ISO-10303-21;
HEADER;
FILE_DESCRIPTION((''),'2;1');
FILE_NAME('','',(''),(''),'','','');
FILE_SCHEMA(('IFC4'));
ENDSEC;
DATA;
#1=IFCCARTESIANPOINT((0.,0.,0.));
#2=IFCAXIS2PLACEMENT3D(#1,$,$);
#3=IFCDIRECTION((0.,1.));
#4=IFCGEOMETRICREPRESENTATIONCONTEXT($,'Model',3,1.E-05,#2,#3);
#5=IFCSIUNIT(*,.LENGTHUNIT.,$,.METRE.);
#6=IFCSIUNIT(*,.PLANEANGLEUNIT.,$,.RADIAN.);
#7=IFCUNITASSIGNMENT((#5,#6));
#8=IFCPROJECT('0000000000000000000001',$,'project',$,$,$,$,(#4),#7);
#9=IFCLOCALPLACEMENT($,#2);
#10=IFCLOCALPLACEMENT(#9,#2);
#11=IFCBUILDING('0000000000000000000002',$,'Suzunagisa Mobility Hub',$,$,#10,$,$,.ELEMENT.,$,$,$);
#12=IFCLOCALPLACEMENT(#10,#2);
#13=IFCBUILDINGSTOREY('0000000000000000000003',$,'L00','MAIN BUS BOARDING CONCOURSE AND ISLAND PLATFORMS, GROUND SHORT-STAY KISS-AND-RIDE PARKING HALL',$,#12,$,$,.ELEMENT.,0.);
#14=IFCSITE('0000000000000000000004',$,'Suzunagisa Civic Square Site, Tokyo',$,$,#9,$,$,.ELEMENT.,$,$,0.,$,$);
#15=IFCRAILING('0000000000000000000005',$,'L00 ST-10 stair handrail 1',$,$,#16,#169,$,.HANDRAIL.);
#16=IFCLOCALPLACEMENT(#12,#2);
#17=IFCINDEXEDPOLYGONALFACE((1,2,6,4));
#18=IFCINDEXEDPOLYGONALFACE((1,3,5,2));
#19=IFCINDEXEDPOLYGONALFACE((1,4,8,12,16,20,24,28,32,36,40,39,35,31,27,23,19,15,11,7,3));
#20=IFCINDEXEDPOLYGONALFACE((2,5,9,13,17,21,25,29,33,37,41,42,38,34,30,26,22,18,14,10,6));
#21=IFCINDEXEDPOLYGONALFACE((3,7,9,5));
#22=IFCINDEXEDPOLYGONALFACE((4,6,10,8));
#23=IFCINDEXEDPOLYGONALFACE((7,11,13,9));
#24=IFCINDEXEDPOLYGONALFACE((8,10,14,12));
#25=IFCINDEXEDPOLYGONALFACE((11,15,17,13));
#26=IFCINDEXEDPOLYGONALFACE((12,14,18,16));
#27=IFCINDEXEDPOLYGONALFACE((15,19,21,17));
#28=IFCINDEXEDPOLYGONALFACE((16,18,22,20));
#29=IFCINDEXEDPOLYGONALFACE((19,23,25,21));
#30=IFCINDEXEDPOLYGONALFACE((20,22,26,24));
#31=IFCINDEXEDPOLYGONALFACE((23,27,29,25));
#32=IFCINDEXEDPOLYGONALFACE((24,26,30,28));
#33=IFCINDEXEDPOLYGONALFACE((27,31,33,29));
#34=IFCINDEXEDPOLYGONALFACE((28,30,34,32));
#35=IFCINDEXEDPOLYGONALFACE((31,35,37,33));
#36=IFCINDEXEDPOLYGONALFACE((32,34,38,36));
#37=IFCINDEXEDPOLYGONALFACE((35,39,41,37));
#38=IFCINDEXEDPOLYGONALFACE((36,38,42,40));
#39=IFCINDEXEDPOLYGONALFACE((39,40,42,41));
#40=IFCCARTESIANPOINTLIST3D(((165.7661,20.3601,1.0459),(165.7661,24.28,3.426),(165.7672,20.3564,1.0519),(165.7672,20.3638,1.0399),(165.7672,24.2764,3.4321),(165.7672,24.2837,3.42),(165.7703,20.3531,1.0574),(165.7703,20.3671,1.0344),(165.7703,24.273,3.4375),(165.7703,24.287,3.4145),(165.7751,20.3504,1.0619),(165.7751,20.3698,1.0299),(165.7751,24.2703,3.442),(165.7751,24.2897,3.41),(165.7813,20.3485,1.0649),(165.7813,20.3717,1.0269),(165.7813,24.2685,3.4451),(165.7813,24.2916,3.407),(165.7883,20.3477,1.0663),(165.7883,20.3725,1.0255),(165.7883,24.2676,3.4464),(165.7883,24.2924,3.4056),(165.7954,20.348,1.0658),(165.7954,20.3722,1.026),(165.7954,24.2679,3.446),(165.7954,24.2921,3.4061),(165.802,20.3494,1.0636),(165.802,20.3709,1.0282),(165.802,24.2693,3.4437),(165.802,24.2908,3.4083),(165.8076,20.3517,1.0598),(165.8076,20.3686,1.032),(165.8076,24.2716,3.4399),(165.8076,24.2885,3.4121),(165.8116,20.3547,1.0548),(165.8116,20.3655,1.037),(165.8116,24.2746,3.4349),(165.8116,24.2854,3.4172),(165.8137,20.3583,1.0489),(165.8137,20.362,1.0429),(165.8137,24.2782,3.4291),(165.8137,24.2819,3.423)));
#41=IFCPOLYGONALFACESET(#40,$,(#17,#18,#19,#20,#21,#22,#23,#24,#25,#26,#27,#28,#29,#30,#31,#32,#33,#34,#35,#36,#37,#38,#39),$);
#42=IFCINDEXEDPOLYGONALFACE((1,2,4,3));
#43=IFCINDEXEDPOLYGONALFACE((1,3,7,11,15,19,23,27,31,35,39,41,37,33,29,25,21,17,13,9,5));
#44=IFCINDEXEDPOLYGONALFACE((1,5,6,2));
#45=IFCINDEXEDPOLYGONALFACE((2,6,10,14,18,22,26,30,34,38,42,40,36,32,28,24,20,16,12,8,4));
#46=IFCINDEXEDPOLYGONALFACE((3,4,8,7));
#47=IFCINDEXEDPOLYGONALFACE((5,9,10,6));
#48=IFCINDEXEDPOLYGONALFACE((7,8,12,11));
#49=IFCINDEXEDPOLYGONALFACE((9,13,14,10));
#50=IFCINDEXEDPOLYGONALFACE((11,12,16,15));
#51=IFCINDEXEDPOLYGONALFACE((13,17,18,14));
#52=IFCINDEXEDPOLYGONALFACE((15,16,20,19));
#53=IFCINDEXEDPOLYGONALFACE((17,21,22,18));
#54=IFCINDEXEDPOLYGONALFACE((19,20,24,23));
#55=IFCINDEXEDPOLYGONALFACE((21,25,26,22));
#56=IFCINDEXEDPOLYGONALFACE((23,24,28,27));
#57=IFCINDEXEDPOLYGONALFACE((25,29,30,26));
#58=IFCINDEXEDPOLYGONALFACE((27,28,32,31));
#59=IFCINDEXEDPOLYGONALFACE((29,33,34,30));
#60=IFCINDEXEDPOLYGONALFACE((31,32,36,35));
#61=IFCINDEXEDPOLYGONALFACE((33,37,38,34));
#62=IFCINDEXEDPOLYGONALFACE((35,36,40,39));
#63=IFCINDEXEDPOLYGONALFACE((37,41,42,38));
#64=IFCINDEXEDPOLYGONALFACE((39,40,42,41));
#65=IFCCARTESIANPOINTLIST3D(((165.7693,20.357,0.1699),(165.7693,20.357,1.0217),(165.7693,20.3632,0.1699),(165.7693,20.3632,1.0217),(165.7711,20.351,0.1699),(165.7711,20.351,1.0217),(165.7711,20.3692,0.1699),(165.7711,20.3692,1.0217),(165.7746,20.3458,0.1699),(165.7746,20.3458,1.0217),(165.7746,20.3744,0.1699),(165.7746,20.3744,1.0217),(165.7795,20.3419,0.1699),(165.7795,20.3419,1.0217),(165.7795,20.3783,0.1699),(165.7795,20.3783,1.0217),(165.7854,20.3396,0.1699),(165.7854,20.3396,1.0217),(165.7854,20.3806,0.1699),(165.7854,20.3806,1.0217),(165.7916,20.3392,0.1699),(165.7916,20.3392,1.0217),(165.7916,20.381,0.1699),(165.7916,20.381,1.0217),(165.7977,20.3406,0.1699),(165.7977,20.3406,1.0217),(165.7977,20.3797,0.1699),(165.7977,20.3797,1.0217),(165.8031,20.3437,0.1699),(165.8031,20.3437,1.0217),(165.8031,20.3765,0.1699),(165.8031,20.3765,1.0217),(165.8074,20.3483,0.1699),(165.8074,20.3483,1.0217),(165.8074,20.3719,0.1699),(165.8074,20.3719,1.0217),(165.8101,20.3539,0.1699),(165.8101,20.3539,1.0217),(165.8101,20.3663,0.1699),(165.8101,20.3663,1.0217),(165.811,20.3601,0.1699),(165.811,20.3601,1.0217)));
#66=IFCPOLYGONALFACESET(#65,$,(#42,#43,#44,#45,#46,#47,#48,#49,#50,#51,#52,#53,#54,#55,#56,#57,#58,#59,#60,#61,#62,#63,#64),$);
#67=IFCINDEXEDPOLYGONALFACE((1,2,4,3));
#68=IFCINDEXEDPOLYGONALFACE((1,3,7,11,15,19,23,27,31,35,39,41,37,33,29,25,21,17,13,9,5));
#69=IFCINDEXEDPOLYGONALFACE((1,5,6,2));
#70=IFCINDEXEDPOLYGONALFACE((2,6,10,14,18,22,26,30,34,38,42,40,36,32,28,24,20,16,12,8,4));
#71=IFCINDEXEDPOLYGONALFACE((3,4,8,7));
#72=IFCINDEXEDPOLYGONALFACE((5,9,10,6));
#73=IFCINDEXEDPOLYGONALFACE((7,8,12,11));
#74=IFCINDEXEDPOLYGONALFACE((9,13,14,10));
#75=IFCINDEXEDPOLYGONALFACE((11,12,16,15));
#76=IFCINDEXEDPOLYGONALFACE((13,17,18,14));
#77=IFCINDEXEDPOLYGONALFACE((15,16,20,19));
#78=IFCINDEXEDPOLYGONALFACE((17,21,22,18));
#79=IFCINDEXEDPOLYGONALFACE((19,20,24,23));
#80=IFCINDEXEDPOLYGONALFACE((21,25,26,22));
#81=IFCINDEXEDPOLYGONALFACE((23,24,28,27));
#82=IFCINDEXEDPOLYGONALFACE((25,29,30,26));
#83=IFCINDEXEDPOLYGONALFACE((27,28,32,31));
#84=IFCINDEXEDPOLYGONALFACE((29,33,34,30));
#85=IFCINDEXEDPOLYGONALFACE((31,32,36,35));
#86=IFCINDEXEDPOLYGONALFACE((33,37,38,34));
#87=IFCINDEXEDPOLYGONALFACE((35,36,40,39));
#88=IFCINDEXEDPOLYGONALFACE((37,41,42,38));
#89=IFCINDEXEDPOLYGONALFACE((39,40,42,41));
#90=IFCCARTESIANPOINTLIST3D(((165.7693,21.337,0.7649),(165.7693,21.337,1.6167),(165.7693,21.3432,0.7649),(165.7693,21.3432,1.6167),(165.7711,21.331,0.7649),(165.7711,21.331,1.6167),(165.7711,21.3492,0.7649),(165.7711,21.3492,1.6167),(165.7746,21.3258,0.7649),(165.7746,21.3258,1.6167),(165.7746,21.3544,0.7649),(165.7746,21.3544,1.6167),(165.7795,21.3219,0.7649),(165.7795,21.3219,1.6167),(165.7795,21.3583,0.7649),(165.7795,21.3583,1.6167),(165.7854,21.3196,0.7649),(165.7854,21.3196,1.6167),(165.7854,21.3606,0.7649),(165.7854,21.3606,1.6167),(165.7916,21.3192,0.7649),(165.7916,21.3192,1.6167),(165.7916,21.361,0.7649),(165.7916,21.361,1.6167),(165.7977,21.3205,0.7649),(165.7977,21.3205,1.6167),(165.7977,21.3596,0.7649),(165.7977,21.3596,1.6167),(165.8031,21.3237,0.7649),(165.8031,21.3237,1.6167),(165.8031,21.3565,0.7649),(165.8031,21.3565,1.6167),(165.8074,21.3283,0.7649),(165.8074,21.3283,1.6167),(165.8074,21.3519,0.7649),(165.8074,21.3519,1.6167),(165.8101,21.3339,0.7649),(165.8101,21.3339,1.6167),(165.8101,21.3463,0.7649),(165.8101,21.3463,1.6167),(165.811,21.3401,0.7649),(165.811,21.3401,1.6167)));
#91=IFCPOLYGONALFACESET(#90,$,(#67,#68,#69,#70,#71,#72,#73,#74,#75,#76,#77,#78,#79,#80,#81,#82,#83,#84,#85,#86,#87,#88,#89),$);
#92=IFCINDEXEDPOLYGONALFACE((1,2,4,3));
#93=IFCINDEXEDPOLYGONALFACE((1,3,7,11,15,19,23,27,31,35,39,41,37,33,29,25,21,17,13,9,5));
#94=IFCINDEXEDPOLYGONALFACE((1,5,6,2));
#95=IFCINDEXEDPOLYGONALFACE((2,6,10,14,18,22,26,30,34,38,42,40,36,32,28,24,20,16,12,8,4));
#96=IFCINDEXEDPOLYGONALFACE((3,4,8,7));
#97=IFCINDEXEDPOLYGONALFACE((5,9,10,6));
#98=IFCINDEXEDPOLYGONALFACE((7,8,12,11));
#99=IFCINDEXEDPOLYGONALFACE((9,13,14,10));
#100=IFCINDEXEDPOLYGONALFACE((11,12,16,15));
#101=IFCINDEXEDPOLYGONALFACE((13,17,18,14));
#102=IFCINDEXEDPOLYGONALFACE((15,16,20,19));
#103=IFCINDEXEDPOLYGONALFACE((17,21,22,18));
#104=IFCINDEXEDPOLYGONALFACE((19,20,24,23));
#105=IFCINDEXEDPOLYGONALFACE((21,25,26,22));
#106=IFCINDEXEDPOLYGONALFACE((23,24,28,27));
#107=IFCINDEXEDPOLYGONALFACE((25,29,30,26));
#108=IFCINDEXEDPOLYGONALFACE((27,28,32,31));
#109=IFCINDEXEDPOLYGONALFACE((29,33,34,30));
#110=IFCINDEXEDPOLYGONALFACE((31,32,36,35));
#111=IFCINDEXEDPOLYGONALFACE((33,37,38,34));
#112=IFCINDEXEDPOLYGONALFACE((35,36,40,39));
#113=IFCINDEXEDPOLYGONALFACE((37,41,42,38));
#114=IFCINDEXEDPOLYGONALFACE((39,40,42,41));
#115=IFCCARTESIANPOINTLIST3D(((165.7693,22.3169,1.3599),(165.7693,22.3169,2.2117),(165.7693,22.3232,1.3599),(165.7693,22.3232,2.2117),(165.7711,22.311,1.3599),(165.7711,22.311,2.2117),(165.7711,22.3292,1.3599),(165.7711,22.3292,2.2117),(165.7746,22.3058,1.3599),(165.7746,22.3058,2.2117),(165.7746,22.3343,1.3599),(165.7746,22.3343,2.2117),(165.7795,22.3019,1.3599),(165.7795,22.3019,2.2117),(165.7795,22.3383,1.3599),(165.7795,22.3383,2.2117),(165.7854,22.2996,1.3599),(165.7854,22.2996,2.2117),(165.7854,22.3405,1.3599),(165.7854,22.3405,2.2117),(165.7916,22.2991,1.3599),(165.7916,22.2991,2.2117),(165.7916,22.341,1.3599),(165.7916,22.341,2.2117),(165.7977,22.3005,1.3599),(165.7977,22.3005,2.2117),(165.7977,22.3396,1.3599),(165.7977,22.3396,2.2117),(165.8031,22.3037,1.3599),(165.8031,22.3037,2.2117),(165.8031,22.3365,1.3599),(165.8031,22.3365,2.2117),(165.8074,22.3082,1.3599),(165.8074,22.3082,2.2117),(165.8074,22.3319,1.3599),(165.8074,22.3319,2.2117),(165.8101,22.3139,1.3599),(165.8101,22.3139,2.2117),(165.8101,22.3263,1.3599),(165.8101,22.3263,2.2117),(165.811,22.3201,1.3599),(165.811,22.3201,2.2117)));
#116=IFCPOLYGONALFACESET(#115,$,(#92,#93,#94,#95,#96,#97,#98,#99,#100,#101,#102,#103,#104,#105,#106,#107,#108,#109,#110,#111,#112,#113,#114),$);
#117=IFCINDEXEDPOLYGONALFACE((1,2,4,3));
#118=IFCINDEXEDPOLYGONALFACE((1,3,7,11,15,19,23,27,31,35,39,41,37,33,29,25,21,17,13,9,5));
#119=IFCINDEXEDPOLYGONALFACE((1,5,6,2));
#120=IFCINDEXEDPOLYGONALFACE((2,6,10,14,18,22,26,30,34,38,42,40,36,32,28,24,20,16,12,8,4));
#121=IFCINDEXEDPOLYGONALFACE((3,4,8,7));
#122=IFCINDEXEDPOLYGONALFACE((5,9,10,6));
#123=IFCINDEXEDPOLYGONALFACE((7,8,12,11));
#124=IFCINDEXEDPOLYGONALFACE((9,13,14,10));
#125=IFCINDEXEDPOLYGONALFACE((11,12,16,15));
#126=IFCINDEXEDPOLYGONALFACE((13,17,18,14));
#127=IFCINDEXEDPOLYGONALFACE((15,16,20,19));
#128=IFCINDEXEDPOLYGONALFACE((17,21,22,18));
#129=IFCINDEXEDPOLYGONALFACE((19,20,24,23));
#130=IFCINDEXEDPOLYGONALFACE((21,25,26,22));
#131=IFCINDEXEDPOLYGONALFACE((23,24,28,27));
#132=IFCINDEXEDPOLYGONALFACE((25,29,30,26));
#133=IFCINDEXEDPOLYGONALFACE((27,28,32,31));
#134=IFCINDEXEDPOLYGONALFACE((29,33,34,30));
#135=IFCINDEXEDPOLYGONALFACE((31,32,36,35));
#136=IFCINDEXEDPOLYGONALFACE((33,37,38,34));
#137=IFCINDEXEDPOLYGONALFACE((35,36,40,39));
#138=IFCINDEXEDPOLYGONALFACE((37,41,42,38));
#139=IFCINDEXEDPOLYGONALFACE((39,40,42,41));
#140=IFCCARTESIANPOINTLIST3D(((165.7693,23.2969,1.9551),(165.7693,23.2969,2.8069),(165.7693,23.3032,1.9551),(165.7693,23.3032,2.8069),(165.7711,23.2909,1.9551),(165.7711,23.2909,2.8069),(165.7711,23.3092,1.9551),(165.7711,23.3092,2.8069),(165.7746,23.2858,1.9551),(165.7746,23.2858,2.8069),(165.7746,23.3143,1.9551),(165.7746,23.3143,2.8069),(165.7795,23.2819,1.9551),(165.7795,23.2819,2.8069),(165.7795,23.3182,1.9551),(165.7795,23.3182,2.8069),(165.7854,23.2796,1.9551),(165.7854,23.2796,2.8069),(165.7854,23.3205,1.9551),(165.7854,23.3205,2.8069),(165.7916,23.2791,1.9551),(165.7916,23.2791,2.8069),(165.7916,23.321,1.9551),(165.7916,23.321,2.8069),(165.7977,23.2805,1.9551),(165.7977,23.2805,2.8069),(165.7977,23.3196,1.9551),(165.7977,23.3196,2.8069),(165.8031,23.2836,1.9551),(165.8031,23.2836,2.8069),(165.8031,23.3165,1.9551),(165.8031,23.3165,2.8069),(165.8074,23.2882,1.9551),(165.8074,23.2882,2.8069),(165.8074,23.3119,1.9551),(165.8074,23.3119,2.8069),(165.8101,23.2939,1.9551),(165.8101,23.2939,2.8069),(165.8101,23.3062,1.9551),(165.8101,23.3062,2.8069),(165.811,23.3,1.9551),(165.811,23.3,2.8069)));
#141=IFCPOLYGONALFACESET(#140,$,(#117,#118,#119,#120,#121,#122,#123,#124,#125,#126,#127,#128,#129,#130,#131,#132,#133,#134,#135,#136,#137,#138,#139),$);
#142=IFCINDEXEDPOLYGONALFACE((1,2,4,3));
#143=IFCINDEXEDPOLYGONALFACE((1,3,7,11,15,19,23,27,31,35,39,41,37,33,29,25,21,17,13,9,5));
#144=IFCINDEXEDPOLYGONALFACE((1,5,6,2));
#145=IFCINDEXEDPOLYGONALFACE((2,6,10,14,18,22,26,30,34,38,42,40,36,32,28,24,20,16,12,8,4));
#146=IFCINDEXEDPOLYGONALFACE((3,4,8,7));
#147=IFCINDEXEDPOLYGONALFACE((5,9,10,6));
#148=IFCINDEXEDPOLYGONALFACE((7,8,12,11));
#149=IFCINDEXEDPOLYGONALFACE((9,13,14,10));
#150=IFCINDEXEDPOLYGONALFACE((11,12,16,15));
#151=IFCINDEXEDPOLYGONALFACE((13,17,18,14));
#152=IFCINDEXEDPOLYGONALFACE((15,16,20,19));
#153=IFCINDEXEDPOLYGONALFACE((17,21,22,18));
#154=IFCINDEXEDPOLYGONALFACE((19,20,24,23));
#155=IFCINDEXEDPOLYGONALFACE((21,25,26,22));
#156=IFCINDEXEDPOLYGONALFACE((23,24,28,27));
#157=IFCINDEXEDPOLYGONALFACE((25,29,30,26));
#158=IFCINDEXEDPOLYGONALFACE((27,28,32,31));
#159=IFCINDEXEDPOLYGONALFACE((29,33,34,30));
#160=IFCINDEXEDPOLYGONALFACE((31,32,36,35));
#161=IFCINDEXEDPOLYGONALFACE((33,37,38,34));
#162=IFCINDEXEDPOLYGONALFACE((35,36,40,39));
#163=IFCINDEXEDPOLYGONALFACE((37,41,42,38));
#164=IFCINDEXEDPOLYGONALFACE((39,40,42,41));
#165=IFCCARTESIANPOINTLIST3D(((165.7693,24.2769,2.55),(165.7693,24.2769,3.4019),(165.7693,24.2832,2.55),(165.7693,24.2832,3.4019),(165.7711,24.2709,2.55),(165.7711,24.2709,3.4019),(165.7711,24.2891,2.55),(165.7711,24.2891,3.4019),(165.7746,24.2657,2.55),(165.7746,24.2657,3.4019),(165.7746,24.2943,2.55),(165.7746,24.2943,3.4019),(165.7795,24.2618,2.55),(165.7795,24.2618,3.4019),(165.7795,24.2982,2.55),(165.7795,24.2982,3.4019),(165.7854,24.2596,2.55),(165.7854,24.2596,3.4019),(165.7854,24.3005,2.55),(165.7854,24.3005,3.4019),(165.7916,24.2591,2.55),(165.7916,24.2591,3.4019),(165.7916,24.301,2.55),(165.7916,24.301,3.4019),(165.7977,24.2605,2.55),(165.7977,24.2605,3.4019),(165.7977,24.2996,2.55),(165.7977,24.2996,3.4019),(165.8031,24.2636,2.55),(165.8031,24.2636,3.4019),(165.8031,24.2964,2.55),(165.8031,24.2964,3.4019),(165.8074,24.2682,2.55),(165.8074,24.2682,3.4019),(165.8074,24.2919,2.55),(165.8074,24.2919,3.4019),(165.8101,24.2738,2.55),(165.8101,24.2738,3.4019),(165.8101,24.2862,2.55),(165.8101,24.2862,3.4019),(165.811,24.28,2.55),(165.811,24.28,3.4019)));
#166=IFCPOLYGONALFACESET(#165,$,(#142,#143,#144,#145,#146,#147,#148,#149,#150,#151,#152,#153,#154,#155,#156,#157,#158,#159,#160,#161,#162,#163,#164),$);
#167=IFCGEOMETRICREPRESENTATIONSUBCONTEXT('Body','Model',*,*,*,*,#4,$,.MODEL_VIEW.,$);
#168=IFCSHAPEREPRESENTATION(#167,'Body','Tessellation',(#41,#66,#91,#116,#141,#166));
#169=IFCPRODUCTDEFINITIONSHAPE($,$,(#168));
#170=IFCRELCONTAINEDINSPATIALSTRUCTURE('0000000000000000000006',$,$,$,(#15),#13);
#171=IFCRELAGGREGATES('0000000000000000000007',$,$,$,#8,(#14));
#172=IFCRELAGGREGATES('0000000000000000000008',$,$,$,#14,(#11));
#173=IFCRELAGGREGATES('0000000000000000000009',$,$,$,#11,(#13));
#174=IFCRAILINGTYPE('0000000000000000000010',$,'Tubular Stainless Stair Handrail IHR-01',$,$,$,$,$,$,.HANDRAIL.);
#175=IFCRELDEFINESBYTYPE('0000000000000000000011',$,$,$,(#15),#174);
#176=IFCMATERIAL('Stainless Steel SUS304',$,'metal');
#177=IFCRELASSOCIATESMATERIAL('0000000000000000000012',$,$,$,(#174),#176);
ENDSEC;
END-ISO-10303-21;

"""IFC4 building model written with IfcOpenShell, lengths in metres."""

from ifc_helpers import new_model, si_unit, direction, frame, origin, origin_2d, place, context, subcontext, project, spatial, circle, extrude, material, type_object, element, save


model = new_model("IFC4")

# Units and contexts
model_context = context("Model", 3, precision=1e-05, world=origin(), true_north=direction((0.0, 1.0)))
body_context = subcontext(model_context, "Body", "Model", "MODEL_VIEW")
ifc_project = project(units=[si_unit("LENGTHUNIT", "METRE"), si_unit("PLANEANGLEUNIT", "RADIAN")], contexts=[model_context])

# Site, building, storey
site_placement = place(None, origin())
site = spatial("IfcSite", under=ifc_project, at=site_placement, Name="Suzunagisa Civic Square Site, Tokyo", CompositionType="ELEMENT", RefElevation=0.0)
building_placement = place(site_placement, origin())
building = spatial("IfcBuilding", under=site, at=building_placement, Name="Suzunagisa Mobility Hub", CompositionType="ELEMENT")
storey_placement = place(building_placement, origin())
storey = spatial("IfcBuildingStorey", under=building, at=storey_placement, Name="L00", Description="MAIN BUS BOARDING CONCOURSE AND ISLAND PLATFORMS, GROUND SHORT-STAY KISS-AND-RIDE PARKING HALL", CompositionType="ELEMENT", Elevation=0.0)

# Railing
ifc_material_1 = material(Name="Stainless Steel SUS304", Category="metal")
railing_type_1 = type_object("IfcRailingType", Name="Tubular Stainless Stair Handrail IHR-01", PredefinedType="HANDRAIL", material=ifc_material_1)
railing_1_placement = place(storey_placement, frame((165.79, 20.3601, 0.1699)))
element("IfcRailing", 1, at=railing_1_placement, inside=storey, type_object=railing_type_1, Name="L00 ST-10 stair handrail 1", PredefinedType="HANDRAIL", context=body_context, shape_type="SweptSolid", body=[
    extrude(circle(Radius=0.0239, at=origin_2d()), frame((0.0, 0.0, 0.876), z_axis=(0.0, 0.854771, 0.519006), x_axis=(-1.0, 0.0, 0.0)), (0.0, 0.0, 1.0), 4.5859),
    extrude(circle(Radius=0.021, at=origin_2d()), origin(), (0.0, 0.0, 1.0), 0.8518),
    extrude(circle(Radius=0.021, at=origin_2d()), frame((0.0, 0.98, 0.595)), (0.0, 0.0, 1.0), 0.8518),
    extrude(circle(Radius=0.021, at=origin_2d()), frame((0.0, 1.96, 1.1899)), (0.0, 0.0, 1.0), 0.8518),
    extrude(circle(Radius=0.021, at=origin_2d()), frame((0.0, 2.9399, 1.7852)), (0.0, 0.0, 1.0), 0.8518),
    extrude(circle(Radius=0.021, at=origin_2d()), frame((0.0, 3.9199, 2.3801)), (0.0, 0.0, 1.0), 0.8518),
])

save(model, "model.ifc")
